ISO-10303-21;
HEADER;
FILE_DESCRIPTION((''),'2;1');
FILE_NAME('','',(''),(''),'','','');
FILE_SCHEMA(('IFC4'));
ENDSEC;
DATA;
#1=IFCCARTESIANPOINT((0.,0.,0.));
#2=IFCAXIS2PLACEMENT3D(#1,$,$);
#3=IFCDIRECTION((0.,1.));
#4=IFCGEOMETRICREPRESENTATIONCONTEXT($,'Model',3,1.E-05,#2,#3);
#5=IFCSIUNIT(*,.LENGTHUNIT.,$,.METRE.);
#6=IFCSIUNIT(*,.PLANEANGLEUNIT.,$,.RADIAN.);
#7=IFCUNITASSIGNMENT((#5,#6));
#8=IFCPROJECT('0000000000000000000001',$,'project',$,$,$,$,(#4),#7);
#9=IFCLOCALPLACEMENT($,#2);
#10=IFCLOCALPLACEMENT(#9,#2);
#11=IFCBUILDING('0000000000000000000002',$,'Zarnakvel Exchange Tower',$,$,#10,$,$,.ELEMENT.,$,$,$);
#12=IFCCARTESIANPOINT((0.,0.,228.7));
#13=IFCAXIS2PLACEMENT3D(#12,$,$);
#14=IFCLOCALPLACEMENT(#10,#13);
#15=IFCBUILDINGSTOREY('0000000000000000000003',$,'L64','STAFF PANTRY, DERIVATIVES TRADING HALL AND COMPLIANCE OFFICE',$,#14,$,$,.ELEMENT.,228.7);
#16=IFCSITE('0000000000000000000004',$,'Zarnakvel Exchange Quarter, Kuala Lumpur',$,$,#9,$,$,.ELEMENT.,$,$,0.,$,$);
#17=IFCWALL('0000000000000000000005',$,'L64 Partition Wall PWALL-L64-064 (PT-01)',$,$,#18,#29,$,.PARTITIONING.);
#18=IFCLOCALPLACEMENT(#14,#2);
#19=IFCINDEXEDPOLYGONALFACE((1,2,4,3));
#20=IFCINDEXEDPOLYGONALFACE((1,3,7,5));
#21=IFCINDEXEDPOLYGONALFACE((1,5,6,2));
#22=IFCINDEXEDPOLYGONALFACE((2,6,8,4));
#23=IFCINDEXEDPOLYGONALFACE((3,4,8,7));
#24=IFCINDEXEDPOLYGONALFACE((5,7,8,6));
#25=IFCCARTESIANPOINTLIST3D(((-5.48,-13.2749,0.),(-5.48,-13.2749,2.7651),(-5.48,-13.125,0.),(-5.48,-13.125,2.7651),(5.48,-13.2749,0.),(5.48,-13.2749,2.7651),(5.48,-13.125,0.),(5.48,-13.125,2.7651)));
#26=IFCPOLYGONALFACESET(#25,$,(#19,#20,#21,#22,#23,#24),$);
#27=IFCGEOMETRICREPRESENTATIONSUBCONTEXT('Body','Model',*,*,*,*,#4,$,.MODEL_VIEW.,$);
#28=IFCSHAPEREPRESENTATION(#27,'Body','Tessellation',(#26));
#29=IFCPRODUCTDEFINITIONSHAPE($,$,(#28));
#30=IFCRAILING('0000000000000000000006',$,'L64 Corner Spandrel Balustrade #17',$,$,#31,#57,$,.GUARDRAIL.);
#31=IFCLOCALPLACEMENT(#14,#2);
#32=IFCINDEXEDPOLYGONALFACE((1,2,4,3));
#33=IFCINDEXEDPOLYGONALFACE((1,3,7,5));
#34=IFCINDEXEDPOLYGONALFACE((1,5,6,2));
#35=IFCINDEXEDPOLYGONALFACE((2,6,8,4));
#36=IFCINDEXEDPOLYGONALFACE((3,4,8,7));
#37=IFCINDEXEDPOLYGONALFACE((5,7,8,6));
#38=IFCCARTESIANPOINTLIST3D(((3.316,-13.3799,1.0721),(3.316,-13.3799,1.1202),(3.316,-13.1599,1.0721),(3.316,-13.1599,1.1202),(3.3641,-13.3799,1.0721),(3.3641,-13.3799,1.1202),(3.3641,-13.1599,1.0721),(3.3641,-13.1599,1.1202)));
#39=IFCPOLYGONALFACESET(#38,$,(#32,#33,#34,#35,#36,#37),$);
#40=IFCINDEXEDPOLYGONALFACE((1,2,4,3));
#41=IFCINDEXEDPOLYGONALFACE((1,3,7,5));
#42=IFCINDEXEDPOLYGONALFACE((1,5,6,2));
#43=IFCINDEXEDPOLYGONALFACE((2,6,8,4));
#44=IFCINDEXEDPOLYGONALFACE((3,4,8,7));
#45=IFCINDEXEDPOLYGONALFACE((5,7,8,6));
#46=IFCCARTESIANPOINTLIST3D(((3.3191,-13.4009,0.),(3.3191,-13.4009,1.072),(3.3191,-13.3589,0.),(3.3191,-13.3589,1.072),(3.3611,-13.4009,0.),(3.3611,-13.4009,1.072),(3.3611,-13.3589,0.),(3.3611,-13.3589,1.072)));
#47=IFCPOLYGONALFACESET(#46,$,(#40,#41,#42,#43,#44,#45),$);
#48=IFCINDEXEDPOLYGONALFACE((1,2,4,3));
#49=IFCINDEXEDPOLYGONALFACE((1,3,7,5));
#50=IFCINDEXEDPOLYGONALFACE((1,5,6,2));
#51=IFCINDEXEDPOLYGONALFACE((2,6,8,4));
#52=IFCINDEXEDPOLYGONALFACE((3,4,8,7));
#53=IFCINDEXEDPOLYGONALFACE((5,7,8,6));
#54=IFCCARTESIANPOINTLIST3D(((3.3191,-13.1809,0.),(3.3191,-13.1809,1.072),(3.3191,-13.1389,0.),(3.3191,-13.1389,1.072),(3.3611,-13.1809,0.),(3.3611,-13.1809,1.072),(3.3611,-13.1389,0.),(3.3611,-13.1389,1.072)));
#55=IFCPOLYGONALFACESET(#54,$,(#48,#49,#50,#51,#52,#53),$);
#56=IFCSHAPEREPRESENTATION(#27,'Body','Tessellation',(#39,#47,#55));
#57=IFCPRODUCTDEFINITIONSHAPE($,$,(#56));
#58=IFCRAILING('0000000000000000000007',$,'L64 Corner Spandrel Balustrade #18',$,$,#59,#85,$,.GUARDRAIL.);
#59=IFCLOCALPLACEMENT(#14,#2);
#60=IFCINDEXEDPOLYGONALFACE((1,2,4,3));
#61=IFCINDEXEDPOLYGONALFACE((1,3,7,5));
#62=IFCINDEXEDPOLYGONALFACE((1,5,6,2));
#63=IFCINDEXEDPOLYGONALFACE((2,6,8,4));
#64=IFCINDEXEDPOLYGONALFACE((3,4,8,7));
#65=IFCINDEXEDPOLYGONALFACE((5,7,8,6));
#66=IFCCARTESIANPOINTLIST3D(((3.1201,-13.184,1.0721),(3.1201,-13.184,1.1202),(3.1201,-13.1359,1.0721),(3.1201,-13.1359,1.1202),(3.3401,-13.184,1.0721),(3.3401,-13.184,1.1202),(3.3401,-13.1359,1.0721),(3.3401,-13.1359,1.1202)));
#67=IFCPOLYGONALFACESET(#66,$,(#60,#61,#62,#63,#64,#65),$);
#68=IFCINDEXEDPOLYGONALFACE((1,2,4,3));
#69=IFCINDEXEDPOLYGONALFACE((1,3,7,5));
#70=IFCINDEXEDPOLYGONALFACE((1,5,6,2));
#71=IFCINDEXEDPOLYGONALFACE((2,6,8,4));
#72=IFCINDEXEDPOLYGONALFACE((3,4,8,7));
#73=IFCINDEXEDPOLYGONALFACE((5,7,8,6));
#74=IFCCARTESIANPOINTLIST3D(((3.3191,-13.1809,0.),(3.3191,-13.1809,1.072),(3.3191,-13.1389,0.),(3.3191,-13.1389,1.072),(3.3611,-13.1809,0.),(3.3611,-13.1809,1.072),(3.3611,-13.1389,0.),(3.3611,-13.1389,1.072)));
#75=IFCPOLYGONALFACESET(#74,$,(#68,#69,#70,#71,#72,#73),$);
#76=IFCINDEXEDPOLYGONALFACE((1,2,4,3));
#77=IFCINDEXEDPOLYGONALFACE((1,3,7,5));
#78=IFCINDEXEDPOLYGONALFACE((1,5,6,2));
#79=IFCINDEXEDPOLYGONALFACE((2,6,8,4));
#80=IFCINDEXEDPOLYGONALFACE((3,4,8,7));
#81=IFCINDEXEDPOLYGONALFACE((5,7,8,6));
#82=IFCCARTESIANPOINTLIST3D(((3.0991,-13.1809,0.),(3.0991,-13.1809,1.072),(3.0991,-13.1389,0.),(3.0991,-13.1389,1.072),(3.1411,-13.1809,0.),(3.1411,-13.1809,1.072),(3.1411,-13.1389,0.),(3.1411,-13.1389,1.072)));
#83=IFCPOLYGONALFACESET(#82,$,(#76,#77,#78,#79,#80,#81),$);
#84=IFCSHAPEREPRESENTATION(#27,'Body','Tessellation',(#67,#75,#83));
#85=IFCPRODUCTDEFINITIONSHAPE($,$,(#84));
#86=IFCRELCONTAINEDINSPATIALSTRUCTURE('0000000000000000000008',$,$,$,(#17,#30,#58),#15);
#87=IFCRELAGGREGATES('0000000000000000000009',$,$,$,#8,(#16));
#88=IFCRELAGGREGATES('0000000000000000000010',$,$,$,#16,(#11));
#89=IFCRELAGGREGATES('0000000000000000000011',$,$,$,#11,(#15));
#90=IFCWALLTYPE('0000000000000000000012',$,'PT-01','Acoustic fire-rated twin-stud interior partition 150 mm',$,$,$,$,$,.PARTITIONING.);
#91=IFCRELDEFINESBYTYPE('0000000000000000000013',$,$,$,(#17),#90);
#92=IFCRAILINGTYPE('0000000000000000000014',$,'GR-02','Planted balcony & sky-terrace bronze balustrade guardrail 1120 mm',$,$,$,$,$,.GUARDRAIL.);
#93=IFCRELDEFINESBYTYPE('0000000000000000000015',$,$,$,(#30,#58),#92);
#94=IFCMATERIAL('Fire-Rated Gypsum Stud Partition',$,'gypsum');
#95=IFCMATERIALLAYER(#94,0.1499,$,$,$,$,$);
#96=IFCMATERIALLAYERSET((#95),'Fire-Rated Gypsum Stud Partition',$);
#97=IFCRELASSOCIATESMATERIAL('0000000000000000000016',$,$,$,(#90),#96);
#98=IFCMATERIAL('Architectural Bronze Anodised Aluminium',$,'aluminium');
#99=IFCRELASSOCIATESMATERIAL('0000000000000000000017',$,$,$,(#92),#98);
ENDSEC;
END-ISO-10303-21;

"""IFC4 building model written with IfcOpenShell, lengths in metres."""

from ifc_helpers import new_model, si_unit, direction, frame, frame_2d, origin, origin_2d, place, context, subcontext, project, spatial, rectangle, extrude, material, layer, layer_set, type_object, element, save


model = new_model("IFC4")

# Units and contexts
model_context = context("Model", 3, precision=1e-05, world=origin(), true_north=direction((0.0, 1.0)))
body_context = subcontext(model_context, "Body", "Model", "MODEL_VIEW")
ifc_project = project(units=[si_unit("LENGTHUNIT", "METRE"), si_unit("PLANEANGLEUNIT", "RADIAN")], contexts=[model_context])

# Site, building, storey
site_placement = place(None, origin())
site = spatial("IfcSite", under=ifc_project, at=site_placement, Name="Zarnakvel Exchange Quarter, Kuala Lumpur", CompositionType="ELEMENT", RefElevation=0.0)
building_placement = place(site_placement, origin())
building = spatial("IfcBuilding", under=site, at=building_placement, Name="Zarnakvel Exchange Tower", CompositionType="ELEMENT")
storey_placement = place(building_placement, frame((0.0, 0.0, 228.7)))
storey = spatial("IfcBuildingStorey", under=building, at=storey_placement, Name="L64", Description="STAFF PANTRY, DERIVATIVES TRADING HALL AND COMPLIANCE OFFICE", CompositionType="ELEMENT", Elevation=228.7)

# Shared definitions
ifc_material_1 = material(Name="Architectural Bronze Anodised Aluminium", Category="aluminium")

# Wall
ifc_material_2 = material(Name="Fire-Rated Gypsum Stud Partition", Category="gypsum")
ifc_layer_1 = layer(ifc_material_2, 0.1499)
ifc_layer_set_1 = layer_set([ifc_layer_1], Name="Fire-Rated Gypsum Stud Partition")
wall_type_1 = type_object("IfcWallType", Name="PT-01", Description="Acoustic fire-rated twin-stud interior partition 150 mm", PredefinedType="PARTITIONING", material=ifc_layer_set_1)
wall_1_placement = place(storey_placement, frame((5.48, -13.2, 0.0), z_axis=(0.0, 0.0, 1.0), x_axis=(-1.0, 0.0, 0.0)))
element("IfcWall", 1, at=wall_1_placement, inside=storey, type_object=wall_type_1, Name="L64 Partition Wall PWALL-L64-064 (PT-01)", PredefinedType="PARTITIONING", context=body_context, shape_type="SweptSolid", body=[
    extrude(rectangle(XDim=10.96, YDim=0.1499, at=frame_2d((5.48, 0.0))), origin(), (0.0, 0.0, 1.0), 2.7651),
])

# Railings
railing_type = type_object("IfcRailingType", Name="GR-02", Description="Planted balcony & sky-terrace bronze balustrade guardrail 1120 mm", PredefinedType="GUARDRAIL", material=ifc_material_1)
railing_1_placement = place(storey_placement, frame((3.3401, -13.3799, 0.0)))
element("IfcRailing", 2, at=railing_1_placement, inside=storey, type_object=railing_type, Name="L64 Corner Spandrel Balustrade #17", PredefinedType="GUARDRAIL", context=body_context, shape_type="SweptSolid", body=[
    extrude(rectangle(XDim=0.0481, YDim=0.0481, at=origin_2d()), frame((0.0, 0.0, 1.0962), z_axis=(0.0, 1.0, 0.0), x_axis=(-1.0, 0.0, 0.0)), (0.0, 0.0, 1.0), 0.22),
    extrude(rectangle(XDim=0.042, YDim=0.042, at=origin_2d()), origin(), (0.0, 0.0, 1.0), 1.072),
    extrude(rectangle(XDim=0.042, YDim=0.042, at=origin_2d()), frame((0.0, 0.22, 0.0)), (0.0, 0.0, 1.0), 1.072),
])
railing_2_placement = place(storey_placement, frame((3.3401, -13.1599, 0.0)))
element("IfcRailing", 3, at=railing_2_placement, inside=storey, type_object=railing_type, Name="L64 Corner Spandrel Balustrade #18", PredefinedType="GUARDRAIL", context=body_context, shape_type="SweptSolid", body=[
    extrude(rectangle(XDim=0.0481, YDim=0.0481, at=origin_2d()), frame((0.0, 0.0, 1.0962), z_axis=(-1.0, 0.0, 0.0), x_axis=(0.0, -1.0, 0.0)), (0.0, 0.0, 1.0), 0.22),
    extrude(rectangle(XDim=0.042, YDim=0.042, at=origin_2d()), origin(), (0.0, 0.0, 1.0), 1.072),
    extrude(rectangle(XDim=0.042, YDim=0.042, at=origin_2d()), frame((-0.22, 0.0, 0.0)), (0.0, 0.0, 1.0), 1.072),
])

save(model, "model.ifc")
